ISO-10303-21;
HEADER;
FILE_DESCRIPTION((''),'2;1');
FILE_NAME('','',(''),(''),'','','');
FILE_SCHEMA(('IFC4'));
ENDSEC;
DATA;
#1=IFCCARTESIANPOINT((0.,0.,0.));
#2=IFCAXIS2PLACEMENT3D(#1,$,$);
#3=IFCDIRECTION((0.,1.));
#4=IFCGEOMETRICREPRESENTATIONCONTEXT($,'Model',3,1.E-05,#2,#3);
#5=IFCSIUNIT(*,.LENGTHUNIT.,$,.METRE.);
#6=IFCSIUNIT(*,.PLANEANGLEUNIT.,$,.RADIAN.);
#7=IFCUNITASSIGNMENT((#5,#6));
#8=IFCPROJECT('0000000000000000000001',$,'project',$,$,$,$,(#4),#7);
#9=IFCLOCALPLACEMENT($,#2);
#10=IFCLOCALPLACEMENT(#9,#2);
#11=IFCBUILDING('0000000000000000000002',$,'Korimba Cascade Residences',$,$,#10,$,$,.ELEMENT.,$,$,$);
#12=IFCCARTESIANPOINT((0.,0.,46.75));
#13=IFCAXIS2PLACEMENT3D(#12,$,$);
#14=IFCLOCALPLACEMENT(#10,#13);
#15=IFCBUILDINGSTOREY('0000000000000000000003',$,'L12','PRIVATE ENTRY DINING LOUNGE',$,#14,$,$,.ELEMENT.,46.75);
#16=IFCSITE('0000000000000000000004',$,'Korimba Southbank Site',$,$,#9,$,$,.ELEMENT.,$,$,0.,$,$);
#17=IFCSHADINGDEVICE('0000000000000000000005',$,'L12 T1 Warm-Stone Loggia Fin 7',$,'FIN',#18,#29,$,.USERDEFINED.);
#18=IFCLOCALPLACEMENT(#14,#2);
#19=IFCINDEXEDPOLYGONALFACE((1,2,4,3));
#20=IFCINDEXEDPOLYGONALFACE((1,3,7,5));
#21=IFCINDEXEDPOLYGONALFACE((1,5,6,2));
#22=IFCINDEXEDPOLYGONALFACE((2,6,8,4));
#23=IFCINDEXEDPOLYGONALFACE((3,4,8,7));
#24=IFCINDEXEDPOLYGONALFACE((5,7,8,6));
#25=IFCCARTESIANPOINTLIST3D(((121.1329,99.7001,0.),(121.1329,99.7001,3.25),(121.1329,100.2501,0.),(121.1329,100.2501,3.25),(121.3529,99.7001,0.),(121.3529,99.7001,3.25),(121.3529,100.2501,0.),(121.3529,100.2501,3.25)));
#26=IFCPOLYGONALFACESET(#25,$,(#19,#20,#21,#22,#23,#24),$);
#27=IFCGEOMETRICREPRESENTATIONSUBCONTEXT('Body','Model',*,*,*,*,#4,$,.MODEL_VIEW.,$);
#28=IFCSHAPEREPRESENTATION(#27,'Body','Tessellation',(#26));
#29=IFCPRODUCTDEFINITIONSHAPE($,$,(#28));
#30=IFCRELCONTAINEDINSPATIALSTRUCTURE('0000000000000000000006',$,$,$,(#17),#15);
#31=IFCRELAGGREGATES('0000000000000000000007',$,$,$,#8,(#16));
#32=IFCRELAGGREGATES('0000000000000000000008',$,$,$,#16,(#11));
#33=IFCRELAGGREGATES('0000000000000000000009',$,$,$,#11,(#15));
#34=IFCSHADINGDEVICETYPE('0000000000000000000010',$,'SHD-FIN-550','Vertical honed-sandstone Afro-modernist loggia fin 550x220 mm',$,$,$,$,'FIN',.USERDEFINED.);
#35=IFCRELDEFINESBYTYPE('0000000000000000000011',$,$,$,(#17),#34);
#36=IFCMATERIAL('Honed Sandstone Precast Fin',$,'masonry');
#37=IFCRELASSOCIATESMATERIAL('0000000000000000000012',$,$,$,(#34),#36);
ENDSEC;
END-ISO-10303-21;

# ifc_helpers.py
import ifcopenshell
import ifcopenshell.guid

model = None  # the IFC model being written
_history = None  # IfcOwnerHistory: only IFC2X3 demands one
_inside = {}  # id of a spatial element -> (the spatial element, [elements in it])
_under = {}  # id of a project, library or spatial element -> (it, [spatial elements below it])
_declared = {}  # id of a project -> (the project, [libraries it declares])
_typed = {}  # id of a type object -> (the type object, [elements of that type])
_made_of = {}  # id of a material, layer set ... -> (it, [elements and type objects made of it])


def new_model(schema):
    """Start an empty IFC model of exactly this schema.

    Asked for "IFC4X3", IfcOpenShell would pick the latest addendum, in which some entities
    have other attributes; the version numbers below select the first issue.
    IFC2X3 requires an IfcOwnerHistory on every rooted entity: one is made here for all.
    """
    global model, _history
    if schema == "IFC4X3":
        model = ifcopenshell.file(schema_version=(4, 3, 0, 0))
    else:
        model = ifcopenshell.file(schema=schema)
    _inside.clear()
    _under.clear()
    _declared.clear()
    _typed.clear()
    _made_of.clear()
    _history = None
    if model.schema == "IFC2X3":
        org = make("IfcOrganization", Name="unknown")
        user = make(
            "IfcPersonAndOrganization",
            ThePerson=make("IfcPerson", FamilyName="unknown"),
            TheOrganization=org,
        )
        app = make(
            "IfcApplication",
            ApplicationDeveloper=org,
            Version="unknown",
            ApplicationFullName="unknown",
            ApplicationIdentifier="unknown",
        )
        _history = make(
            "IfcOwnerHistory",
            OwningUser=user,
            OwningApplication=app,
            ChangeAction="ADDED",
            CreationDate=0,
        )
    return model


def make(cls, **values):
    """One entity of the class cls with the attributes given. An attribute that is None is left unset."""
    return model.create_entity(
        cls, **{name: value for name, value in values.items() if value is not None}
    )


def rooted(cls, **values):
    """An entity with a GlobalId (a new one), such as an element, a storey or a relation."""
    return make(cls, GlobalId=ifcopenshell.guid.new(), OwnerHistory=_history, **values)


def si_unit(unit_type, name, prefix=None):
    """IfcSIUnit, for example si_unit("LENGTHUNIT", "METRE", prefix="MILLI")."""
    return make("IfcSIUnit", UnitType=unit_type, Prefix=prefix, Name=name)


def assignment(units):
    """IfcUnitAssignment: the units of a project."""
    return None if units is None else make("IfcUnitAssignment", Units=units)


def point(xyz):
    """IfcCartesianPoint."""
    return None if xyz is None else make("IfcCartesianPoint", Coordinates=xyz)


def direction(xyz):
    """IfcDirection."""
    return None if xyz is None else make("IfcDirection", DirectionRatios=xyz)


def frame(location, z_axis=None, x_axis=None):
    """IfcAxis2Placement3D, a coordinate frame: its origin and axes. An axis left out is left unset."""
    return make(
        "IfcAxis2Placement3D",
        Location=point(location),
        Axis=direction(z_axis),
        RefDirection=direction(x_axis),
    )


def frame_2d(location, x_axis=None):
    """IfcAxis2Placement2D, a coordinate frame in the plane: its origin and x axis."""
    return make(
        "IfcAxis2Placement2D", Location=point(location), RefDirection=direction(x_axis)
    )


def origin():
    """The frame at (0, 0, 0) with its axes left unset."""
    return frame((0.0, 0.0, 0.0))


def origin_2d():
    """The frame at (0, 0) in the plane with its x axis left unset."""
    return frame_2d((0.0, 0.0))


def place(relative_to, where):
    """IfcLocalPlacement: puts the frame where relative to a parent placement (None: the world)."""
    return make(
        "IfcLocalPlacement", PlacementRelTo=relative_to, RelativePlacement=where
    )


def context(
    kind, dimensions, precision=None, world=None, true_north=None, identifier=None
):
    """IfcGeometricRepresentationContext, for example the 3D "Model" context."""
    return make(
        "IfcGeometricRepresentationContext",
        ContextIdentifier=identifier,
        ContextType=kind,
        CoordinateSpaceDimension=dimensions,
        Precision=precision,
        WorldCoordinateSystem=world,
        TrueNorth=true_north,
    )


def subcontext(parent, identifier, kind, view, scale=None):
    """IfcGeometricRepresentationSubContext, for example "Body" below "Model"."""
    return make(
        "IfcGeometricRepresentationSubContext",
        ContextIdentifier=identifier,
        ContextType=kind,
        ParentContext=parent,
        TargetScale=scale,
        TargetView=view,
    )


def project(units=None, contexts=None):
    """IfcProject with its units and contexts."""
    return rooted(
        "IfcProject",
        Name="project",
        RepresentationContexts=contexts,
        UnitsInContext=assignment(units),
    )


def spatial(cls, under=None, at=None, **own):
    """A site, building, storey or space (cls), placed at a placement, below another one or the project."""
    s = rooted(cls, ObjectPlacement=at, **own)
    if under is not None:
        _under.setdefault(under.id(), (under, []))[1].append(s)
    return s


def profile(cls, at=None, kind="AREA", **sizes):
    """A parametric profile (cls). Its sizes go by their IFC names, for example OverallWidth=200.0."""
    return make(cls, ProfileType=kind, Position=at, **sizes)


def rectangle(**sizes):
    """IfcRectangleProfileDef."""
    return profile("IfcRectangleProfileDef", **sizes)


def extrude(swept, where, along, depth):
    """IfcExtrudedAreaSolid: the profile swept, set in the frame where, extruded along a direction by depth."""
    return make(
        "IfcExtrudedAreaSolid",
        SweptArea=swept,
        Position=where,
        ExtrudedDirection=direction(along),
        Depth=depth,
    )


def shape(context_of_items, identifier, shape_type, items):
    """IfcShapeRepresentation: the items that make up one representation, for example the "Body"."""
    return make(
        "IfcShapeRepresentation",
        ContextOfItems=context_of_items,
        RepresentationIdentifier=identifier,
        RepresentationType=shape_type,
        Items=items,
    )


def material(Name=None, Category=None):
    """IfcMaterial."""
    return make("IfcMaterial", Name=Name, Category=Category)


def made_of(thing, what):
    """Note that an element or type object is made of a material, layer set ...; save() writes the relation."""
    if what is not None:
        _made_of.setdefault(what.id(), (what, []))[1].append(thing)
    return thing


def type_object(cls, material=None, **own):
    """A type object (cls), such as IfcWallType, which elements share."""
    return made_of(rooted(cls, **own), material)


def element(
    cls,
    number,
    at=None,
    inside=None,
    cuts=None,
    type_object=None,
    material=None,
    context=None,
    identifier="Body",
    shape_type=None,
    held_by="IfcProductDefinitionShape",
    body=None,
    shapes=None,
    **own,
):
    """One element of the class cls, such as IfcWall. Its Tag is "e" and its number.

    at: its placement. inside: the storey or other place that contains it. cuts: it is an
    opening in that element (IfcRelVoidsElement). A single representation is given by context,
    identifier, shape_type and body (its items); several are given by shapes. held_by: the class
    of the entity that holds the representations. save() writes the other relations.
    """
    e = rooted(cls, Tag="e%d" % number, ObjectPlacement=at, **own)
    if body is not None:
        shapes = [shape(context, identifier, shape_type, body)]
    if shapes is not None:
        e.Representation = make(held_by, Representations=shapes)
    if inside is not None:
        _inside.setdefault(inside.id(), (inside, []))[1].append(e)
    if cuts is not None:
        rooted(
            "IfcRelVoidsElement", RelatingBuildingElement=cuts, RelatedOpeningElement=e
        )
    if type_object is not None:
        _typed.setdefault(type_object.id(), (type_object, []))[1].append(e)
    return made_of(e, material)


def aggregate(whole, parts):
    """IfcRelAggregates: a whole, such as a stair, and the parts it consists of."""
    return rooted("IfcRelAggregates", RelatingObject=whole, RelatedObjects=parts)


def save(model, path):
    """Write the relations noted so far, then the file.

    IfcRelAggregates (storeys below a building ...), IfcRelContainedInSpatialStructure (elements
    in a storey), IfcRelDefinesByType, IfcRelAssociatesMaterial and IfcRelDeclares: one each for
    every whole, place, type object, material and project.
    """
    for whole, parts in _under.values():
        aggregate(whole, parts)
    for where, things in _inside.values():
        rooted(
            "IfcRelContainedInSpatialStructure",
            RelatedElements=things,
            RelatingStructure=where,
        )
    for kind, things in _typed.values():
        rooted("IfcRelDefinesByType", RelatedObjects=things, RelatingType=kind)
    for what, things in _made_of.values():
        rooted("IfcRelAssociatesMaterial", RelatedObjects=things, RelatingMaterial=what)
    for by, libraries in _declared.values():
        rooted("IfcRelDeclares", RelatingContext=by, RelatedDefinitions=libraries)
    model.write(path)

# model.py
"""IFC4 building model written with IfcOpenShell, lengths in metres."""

from ifc_helpers import new_model, si_unit, direction, frame, origin, origin_2d, place, context, subcontext, project, spatial, rectangle, extrude, material, type_object, element, save


model = new_model("IFC4")

# Units and contexts
model_context = context("Model", 3, precision=1e-05, world=origin(), true_north=direction((0.0, 1.0)))
body_context = subcontext(model_context, "Body", "Model", "MODEL_VIEW")
ifc_project = project(units=[si_unit("LENGTHUNIT", "METRE"), si_unit("PLANEANGLEUNIT", "RADIAN")], contexts=[model_context])

# Site, building, storey
site_placement = place(None, origin())
site = spatial("IfcSite", under=ifc_project, at=site_placement, Name="Korimba Southbank Site", CompositionType="ELEMENT", RefElevation=0.0)
building_placement = place(site_placement, origin())
building = spatial("IfcBuilding", under=site, at=building_placement, Name="Korimba Cascade Residences", CompositionType="ELEMENT")
storey_placement = place(building_placement, frame((0.0, 0.0, 46.75)))
storey = spatial("IfcBuildingStorey", under=building, at=storey_placement, Name="L12", Description="PRIVATE ENTRY DINING LOUNGE", CompositionType="ELEMENT", Elevation=46.75)

# Shading device
ifc_material_1 = material(Name="Honed Sandstone Precast Fin", Category="masonry")
shading_device_type = type_object("IfcShadingDeviceType", Name="SHD-FIN-550", Description="Vertical honed-sandstone Afro-modernist loggia fin 550x220 mm", ElementType="FIN", PredefinedType="USERDEFINED", material=ifc_material_1)
shading_device_placement = place(storey_placement, frame((121.2429, 99.9751, 0.0), z_axis=(0.0, 0.0, 1.0), x_axis=(1.0, 0.0, 0.0)))
element("IfcShadingDevice", 1, at=shading_device_placement, inside=storey, type_object=shading_device_type, Name="L12 T1 Warm-Stone Loggia Fin 7", ObjectType="FIN", PredefinedType="USERDEFINED", context=body_context, shape_type="SweptSolid", body=[
    extrude(rectangle(XDim=0.22, YDim=0.55, at=origin_2d()), origin(), (0.0, 0.0, 1.0), 3.25),
])

save(model, "model.ifc")
